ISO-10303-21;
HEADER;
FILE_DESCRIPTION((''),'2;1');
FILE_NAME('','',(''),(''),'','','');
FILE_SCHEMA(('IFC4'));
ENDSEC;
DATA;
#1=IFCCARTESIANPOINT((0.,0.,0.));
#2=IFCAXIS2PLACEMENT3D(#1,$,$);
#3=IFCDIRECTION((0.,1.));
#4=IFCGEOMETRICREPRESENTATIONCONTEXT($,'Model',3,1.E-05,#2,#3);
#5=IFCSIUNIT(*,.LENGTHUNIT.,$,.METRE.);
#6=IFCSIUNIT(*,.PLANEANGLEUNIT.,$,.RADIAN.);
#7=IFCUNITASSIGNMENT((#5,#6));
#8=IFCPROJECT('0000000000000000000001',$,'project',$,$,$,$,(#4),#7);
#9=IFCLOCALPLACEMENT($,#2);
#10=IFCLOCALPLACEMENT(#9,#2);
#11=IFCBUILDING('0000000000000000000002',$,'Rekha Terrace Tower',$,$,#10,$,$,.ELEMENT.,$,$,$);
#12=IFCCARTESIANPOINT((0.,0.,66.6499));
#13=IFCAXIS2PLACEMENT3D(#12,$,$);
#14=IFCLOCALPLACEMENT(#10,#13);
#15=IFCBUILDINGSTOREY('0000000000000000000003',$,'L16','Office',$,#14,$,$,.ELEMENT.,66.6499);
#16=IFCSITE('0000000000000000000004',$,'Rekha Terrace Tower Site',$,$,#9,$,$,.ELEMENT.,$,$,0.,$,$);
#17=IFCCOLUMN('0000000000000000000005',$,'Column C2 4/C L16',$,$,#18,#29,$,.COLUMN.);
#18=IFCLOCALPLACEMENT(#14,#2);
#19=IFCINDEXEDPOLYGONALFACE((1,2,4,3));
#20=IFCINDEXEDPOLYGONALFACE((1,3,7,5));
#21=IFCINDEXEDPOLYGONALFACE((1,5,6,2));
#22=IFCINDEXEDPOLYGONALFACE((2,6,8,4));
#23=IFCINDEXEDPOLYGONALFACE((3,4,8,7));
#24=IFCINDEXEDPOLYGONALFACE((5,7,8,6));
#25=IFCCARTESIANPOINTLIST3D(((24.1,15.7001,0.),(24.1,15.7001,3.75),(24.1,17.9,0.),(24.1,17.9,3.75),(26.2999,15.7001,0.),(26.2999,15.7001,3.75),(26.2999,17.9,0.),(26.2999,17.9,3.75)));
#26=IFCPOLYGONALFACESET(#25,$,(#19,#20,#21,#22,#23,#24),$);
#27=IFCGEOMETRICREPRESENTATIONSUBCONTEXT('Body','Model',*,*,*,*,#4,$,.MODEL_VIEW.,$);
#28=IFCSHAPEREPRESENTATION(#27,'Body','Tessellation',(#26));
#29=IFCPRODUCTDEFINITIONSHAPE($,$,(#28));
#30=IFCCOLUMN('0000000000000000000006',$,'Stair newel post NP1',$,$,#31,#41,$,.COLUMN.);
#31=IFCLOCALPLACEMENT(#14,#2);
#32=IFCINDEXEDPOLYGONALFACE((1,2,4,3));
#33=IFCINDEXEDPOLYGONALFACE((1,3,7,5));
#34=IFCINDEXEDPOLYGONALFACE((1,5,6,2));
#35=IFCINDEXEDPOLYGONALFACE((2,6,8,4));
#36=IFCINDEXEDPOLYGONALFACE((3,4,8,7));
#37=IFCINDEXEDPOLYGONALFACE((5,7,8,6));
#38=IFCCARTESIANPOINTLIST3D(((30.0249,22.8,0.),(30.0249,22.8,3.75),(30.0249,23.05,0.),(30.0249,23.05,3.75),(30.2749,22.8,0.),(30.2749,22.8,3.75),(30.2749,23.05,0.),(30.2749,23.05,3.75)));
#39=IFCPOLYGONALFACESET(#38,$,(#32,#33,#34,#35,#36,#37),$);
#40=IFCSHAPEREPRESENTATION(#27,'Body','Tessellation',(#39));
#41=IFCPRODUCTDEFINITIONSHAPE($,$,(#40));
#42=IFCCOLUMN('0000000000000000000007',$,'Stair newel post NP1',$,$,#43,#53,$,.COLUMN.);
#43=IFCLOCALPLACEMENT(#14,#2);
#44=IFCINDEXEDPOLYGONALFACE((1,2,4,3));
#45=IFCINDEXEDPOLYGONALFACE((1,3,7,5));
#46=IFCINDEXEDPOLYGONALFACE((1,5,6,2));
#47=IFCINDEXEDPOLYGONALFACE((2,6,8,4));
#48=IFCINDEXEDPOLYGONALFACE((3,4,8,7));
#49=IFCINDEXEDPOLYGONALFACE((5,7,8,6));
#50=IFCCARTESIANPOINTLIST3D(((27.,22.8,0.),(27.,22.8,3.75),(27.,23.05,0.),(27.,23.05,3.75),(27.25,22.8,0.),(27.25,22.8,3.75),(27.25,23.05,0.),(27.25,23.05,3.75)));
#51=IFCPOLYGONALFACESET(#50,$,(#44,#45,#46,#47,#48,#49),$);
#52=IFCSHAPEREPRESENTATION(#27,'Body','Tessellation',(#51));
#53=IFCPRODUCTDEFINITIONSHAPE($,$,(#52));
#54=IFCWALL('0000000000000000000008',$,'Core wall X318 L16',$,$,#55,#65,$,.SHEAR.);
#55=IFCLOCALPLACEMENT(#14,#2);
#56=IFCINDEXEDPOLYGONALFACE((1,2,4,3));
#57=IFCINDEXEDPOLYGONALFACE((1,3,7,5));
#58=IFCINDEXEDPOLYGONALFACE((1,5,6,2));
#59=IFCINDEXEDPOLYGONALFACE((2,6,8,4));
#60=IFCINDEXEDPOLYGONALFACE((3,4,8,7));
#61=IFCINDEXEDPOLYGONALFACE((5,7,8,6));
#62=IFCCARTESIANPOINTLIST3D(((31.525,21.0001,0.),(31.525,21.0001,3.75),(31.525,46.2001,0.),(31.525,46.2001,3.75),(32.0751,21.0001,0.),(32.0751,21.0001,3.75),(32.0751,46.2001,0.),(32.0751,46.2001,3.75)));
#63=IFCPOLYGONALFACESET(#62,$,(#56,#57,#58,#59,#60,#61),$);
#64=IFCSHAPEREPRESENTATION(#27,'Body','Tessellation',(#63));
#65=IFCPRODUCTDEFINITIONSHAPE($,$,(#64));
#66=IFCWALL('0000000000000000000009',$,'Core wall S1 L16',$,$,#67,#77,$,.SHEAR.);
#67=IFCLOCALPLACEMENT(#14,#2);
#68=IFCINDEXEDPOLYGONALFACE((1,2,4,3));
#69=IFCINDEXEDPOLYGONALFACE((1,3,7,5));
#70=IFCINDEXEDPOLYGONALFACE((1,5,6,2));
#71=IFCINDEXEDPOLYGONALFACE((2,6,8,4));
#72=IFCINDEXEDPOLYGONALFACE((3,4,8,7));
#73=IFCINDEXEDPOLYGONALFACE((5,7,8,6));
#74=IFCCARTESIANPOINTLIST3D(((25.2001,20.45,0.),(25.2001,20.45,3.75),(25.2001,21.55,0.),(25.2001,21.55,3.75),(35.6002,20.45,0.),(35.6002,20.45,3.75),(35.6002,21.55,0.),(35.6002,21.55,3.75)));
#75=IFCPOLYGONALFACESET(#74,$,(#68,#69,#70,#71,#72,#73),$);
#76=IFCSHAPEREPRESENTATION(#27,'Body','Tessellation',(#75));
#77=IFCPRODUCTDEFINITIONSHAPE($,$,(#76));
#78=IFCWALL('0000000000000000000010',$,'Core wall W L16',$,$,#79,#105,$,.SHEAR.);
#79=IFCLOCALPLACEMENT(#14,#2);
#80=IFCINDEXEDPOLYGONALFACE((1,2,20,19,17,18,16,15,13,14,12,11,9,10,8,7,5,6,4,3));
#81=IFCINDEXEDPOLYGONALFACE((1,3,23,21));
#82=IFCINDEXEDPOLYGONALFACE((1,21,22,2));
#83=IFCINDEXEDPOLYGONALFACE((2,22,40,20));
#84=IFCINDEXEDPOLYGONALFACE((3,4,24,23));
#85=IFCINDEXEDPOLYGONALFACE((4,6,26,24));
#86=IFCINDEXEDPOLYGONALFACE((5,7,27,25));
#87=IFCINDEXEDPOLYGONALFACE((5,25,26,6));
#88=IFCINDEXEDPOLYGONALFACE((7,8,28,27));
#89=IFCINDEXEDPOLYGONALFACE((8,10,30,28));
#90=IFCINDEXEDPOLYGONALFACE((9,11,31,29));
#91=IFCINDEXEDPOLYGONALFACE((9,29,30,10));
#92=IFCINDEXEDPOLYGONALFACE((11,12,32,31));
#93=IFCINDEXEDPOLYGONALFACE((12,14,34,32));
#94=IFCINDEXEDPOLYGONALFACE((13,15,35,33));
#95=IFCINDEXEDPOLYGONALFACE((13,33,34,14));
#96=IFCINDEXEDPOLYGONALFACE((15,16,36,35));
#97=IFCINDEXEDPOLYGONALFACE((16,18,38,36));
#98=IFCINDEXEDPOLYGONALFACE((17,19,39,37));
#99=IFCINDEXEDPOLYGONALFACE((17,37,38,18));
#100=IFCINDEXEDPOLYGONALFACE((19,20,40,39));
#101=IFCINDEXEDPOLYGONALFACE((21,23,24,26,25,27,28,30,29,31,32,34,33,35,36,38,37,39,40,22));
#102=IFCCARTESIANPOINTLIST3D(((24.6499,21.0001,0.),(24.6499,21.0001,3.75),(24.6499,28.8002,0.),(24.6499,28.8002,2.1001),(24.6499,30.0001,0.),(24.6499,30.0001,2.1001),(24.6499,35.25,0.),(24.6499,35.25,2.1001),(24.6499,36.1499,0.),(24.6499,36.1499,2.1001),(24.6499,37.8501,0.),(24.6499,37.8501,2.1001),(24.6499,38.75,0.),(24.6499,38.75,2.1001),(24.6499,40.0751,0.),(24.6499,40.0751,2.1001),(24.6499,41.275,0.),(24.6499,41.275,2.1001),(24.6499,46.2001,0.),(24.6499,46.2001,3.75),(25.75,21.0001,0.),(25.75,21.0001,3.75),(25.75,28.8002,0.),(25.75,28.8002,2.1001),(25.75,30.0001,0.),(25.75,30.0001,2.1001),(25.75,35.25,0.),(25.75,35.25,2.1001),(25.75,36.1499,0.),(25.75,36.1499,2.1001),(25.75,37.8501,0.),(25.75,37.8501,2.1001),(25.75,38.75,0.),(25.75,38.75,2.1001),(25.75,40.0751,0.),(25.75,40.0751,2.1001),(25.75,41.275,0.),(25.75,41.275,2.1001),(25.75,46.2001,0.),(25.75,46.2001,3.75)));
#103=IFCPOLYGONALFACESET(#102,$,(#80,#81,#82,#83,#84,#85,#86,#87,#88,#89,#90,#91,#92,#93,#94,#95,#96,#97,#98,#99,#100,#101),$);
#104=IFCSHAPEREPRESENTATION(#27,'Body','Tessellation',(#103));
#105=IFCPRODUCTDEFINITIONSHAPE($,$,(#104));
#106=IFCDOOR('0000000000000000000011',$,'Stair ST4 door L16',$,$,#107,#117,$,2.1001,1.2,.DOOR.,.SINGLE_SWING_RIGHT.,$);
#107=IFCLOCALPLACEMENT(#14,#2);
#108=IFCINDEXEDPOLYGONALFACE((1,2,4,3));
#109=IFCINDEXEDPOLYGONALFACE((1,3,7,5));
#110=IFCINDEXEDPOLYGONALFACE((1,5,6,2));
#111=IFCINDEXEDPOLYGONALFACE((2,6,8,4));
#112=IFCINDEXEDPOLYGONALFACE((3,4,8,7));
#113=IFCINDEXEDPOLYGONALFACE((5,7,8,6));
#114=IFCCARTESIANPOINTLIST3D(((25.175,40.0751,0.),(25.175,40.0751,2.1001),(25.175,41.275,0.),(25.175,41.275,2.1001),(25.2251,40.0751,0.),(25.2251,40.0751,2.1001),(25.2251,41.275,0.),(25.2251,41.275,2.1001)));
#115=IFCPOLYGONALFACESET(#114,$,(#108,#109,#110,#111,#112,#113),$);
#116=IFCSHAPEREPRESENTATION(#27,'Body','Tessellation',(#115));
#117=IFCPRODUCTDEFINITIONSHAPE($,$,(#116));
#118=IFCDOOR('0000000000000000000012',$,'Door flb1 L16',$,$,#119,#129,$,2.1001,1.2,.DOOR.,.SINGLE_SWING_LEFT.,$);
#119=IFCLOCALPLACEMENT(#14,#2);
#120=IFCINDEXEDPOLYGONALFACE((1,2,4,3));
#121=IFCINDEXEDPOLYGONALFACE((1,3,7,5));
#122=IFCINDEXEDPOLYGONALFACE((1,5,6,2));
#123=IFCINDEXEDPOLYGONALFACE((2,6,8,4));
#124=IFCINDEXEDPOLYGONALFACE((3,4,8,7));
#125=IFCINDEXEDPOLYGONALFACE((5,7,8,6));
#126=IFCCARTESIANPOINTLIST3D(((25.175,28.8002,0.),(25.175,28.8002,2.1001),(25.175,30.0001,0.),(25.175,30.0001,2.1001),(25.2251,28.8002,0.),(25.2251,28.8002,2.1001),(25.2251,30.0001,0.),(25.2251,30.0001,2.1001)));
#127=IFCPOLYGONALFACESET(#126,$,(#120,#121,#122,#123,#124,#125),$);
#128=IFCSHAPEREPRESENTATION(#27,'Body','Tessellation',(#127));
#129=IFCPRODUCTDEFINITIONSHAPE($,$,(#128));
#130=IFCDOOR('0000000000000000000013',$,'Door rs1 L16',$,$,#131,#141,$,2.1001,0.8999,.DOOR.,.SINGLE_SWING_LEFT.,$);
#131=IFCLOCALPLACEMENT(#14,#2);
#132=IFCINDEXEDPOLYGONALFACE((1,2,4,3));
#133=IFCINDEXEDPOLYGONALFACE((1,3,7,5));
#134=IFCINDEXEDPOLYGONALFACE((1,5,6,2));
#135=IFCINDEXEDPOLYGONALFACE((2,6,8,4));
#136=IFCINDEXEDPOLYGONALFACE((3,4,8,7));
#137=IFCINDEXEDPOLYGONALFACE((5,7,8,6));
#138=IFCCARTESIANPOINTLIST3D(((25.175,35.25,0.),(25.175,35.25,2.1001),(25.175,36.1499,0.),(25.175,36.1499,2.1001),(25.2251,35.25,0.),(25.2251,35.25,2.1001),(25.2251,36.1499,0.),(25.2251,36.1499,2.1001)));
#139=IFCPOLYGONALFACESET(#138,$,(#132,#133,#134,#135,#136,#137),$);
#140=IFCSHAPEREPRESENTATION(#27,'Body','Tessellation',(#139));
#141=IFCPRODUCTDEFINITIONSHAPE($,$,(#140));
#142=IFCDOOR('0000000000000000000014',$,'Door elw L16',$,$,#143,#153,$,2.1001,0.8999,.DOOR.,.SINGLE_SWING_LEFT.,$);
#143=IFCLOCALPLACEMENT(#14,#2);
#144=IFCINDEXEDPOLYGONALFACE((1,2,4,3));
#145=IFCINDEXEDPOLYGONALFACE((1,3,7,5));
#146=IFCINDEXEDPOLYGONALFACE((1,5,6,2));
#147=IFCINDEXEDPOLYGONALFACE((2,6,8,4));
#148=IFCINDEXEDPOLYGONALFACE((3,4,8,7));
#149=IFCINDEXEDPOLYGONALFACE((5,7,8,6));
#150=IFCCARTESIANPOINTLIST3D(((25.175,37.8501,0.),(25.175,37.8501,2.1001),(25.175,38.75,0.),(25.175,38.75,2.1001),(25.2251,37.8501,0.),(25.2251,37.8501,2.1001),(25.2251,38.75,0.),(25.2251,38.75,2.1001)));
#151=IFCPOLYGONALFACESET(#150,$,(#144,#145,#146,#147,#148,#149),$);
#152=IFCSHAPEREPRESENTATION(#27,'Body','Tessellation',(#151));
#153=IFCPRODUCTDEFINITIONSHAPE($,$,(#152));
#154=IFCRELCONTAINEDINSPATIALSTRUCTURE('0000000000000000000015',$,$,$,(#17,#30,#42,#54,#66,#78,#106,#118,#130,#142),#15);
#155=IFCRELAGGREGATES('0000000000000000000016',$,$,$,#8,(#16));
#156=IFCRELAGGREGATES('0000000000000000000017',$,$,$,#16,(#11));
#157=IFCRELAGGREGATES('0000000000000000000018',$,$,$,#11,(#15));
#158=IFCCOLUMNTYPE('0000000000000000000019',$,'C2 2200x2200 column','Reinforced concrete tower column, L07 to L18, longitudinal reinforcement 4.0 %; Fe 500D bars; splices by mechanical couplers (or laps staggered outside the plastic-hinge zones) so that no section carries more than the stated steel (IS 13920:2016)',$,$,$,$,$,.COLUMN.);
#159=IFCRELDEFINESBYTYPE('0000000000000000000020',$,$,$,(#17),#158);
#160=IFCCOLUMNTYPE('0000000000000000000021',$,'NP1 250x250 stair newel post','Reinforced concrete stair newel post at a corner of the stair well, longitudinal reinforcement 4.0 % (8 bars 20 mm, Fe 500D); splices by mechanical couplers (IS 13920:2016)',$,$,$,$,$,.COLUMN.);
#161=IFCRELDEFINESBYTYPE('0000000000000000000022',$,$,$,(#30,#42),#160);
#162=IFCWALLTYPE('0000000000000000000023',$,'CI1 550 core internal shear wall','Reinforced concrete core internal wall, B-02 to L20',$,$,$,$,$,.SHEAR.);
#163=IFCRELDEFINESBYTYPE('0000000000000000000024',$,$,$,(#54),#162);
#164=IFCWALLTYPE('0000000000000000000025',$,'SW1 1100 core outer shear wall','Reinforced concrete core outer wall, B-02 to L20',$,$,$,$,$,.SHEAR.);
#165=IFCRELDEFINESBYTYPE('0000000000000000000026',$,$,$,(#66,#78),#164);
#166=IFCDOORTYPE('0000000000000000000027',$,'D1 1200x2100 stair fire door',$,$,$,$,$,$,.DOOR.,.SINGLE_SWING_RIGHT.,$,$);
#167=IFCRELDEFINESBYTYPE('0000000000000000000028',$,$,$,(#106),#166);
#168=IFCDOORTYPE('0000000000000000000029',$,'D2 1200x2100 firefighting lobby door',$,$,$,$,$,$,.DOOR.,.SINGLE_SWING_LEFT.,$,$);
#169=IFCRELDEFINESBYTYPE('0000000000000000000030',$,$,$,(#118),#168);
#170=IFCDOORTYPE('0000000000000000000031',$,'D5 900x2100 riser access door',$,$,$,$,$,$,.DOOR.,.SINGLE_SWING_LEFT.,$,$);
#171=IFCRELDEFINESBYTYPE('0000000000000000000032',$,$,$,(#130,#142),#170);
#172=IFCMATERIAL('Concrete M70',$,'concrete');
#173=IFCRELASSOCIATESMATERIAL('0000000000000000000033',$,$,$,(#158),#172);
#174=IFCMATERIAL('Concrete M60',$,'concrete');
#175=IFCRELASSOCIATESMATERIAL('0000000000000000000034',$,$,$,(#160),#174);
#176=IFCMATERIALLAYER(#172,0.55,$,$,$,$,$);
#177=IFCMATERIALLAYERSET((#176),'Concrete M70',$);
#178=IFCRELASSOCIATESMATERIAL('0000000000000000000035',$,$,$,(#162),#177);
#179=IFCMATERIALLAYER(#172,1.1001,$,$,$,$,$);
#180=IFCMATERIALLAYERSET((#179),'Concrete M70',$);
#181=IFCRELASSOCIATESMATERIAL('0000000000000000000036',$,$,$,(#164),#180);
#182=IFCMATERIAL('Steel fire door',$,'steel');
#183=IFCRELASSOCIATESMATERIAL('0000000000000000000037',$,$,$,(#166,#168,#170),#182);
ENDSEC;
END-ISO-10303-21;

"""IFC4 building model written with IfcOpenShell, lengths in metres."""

from ifc_helpers import new_model, si_unit, direction, frame, frame_2d, origin, origin_2d, place, context, subcontext, project, spatial, rectangle, extrude, material, layer, layer_set, material_profile, profile_set, type_object, element, fill, save


model = new_model("IFC4")

# Units and contexts
model_context = context("Model", 3, precision=1e-05, world=origin(), true_north=direction((0.0, 1.0)))
body_context = subcontext(model_context, "Body", "Model", "MODEL_VIEW")
ifc_project = project(units=[si_unit("LENGTHUNIT", "METRE"), si_unit("PLANEANGLEUNIT", "RADIAN")], contexts=[model_context])

# Site, building, storey
site_placement = place(None, origin())
site = spatial("IfcSite", under=ifc_project, at=site_placement, Name="Rekha Terrace Tower Site", CompositionType="ELEMENT", RefElevation=0.0)
building_placement = place(site_placement, origin())
building = spatial("IfcBuilding", under=site, at=building_placement, Name="Rekha Terrace Tower", CompositionType="ELEMENT")
storey_placement = place(building_placement, frame((0.0, 0.0, 66.6499)))
storey = spatial("IfcBuildingStorey", under=building, at=storey_placement, Name="L16", Description="Office", CompositionType="ELEMENT", Elevation=66.6499)

# Columns
ifc_material_1 = material(Name="Concrete M70", Category="concrete")
ifc_material_profile_1 = material_profile(ifc_material_1, rectangle(XDim=2.2, YDim=2.2, at=origin_2d()), Name="RC 2200x2200")
ifc_profile_set_1 = profile_set([ifc_material_profile_1], Name="Concrete M70")
column_type_1 = type_object("IfcColumnType", Name="C2 2200x2200 column", Description="Reinforced concrete tower column, L07 to L18, longitudinal reinforcement 4.0 %; Fe 500D bars; splices by mechanical couplers (or laps staggered outside the plastic-hinge zones) so that no section carries more than the stated steel (IS 13920:2016)", PredefinedType="COLUMN", material=ifc_profile_set_1)
column_placement = place(storey_placement, frame((25.2, 16.8, 0.0), z_axis=(0.0, 0.0, 1.0), x_axis=(1.0, 0.0, 0.0)))
element("IfcColumn", 1, at=column_placement, inside=storey, type_object=column_type_1, Name="Column C2 4/C L16", PredefinedType="COLUMN", context=body_context, shape_type="SweptSolid", body=[
    extrude(rectangle(XDim=2.2, YDim=2.2, at=origin_2d()), origin(), (0.0, 0.0, 1.0), 3.75),
])
ifc_material_2 = material(Name="Concrete M60", Category="concrete")
ifc_material_profile_2 = material_profile(ifc_material_2, rectangle(XDim=0.25, YDim=0.25, at=origin_2d()), Name="RC 250x250")
ifc_profile_set_2 = profile_set([ifc_material_profile_2], Name="Concrete M60")
column_type_2 = type_object("IfcColumnType", Name="NP1 250x250 stair newel post", Description="Reinforced concrete stair newel post at a corner of the stair well, longitudinal reinforcement 4.0 % (8 bars 20 mm, Fe 500D); splices by mechanical couplers (IS 13920:2016)", PredefinedType="COLUMN", material=ifc_profile_set_2)
for number, where, z_axis, x_axis, name in (
    (2, (30.1499, 22.925, 0.0), (0.0, 0.0, 1.0), (1.0, 0.0, 0.0), "Stair newel post NP1"),
    (3, (27.125, 22.925, 0.0), (0.0, 0.0, 1.0), (1.0, 0.0, 0.0), "Stair newel post NP1"),
):
    element("IfcColumn", number, at=place(storey_placement, frame(where, z_axis=z_axis, x_axis=x_axis)), inside=storey, type_object=column_type_2, Name=name, PredefinedType="COLUMN", context=body_context, shape_type="SweptSolid", body=[
        extrude(rectangle(XDim=0.25, YDim=0.25, at=origin_2d()), origin(), (0.0, 0.0, 1.0), 3.75),
    ])

# Walls
ifc_layer_1 = layer(ifc_material_1, 0.55)
ifc_layer_set_1 = layer_set([ifc_layer_1], Name="Concrete M70")
wall_type_1 = type_object("IfcWallType", Name="CI1 550 core internal shear wall", Description="Reinforced concrete core internal wall, B-02 to L20", PredefinedType="SHEAR", material=ifc_layer_set_1)
wall_1_placement = place(storey_placement, frame((31.8, 21.0, 0.0), z_axis=(0.0, 0.0, 1.0), x_axis=(0.0, 1.0, 0.0)))
element("IfcWall", 4, at=wall_1_placement, inside=storey, type_object=wall_type_1, Name="Core wall X318 L16", PredefinedType="SHEAR", context=body_context, shape_type="SweptSolid", body=[
    extrude(rectangle(XDim=25.2, YDim=0.55, at=frame_2d((12.6001, 0.0))), origin(), (0.0, 0.0, 1.0), 3.75),
])
ifc_layer_2 = layer(ifc_material_1, 1.1001)
ifc_layer_set_2 = layer_set([ifc_layer_2], Name="Concrete M70")
wall_type_2 = type_object("IfcWallType", Name="SW1 1100 core outer shear wall", Description="Reinforced concrete core outer wall, B-02 to L20", PredefinedType="SHEAR", material=ifc_layer_set_2)
wall_2_placement = place(storey_placement, frame((25.2, 21.0, 0.0), z_axis=(0.0, 0.0, 1.0), x_axis=(1.0, 0.0, 0.0)))
element("IfcWall", 5, at=wall_2_placement, inside=storey, type_object=wall_type_2, Name="Core wall S1 L16", PredefinedType="SHEAR", context=body_context, shape_type="SweptSolid", body=[
    extrude(rectangle(XDim=10.4001, YDim=1.1001, at=frame_2d((5.2002, 0.0))), origin(), (0.0, 0.0, 1.0), 3.75),
])

# Wall, openings, doors
wall_3_placement = place(storey_placement, frame((25.2, 21.0, 0.0), z_axis=(0.0, 0.0, 1.0), x_axis=(0.0, 1.0, 0.0)))
wall_3 = element("IfcWall", 6, at=wall_3_placement, inside=storey, type_object=wall_type_2, Name="Core wall W L16", PredefinedType="SHEAR", context=body_context, shape_type="SweptSolid", body=[
    extrude(rectangle(XDim=25.2, YDim=1.1001, at=frame_2d((12.6001, 0.0))), origin(), (0.0, 0.0, 1.0), 3.75),
])
opening_1_placement = place(wall_3_placement, frame((7.8, 0.0, 0.0)))
opening_1 = element("IfcOpeningElement", 7, at=opening_1_placement, cuts=wall_3, PredefinedType="OPENING", context=body_context, shape_type="SweptSolid", body=[
    extrude(rectangle(XDim=1.2, YDim=2.1001, at=frame_2d((0.6001, 1.05))), frame((0.0, 0.5601, 0.0), z_axis=(0.0, -1.0, 0.0), x_axis=(1.0, 0.0, 0.0)), (0.0, 0.0, 1.0), 1.1201),
])
opening_2_placement = place(wall_3_placement, frame((14.25, 0.0, 0.0)))
opening_2 = element("IfcOpeningElement", 8, at=opening_2_placement, cuts=wall_3, PredefinedType="OPENING", context=body_context, shape_type="SweptSolid", body=[
    extrude(rectangle(XDim=0.8999, YDim=2.1001, at=frame_2d((0.45, 1.05))), frame((0.0, 0.5601, 0.0), z_axis=(0.0, -1.0, 0.0), x_axis=(1.0, 0.0, 0.0)), (0.0, 0.0, 1.0), 1.1201),
])
opening_3_placement = place(wall_3_placement, frame((16.8501, 0.0, 0.0)))
opening_3 = element("IfcOpeningElement", 9, at=opening_3_placement, cuts=wall_3, PredefinedType="OPENING", context=body_context, shape_type="SweptSolid", body=[
    extrude(rectangle(XDim=0.8999, YDim=2.1001, at=frame_2d((0.45, 1.05))), frame((0.0, 0.5601, 0.0), z_axis=(0.0, -1.0, 0.0), x_axis=(1.0, 0.0, 0.0)), (0.0, 0.0, 1.0), 1.1201),
])
opening_4_placement = place(wall_3_placement, frame((19.075, 0.0, 0.0)))
opening_4 = element("IfcOpeningElement", 10, at=opening_4_placement, cuts=wall_3, PredefinedType="OPENING", context=body_context, shape_type="SweptSolid", body=[
    extrude(rectangle(XDim=1.2, YDim=2.1001, at=frame_2d((0.6001, 1.05))), frame((0.0, 0.5601, 0.0), z_axis=(0.0, -1.0, 0.0), x_axis=(1.0, 0.0, 0.0)), (0.0, 0.0, 1.0), 1.1201),
])
ifc_material_3 = material(Name="Steel fire door", Category="steel")
door_type_1 = type_object("IfcDoorType", Name="D1 1200x2100 stair fire door", OperationType="SINGLE_SWING_RIGHT", PredefinedType="DOOR", material=ifc_material_3)
door_1_placement = place(opening_4_placement, origin())
door_1 = element("IfcDoor", 11, at=door_1_placement, inside=storey, type_object=door_type_1, Name="Stair ST4 door L16", OperationType="SINGLE_SWING_RIGHT", OverallHeight=2.1001, OverallWidth=1.2, PredefinedType="DOOR", context=body_context, shape_type="SweptSolid", body=[
    extrude(rectangle(XDim=1.2, YDim=2.1001, at=frame_2d((0.6001, 1.05))), frame((0.0, 0.0249, 0.0), z_axis=(0.0, -1.0, 0.0), x_axis=(1.0, 0.0, 0.0)), (0.0, 0.0, 1.0), 0.05),
])
fill(opening_4, door_1)
door_type_2 = type_object("IfcDoorType", Name="D2 1200x2100 firefighting lobby door", OperationType="SINGLE_SWING_LEFT", PredefinedType="DOOR", material=ifc_material_3)
door_2_placement = place(opening_1_placement, origin())
door_2 = element("IfcDoor", 12, at=door_2_placement, inside=storey, type_object=door_type_2, Name="Door flb1 L16", OperationType="SINGLE_SWING_LEFT", OverallHeight=2.1001, OverallWidth=1.2, PredefinedType="DOOR", context=body_context, shape_type="SweptSolid", body=[
    extrude(rectangle(XDim=1.2, YDim=2.1001, at=frame_2d((0.6001, 1.05))), frame((0.0, 0.0249, 0.0), z_axis=(0.0, -1.0, 0.0), x_axis=(1.0, 0.0, 0.0)), (0.0, 0.0, 1.0), 0.05),
])
fill(opening_1, door_2)
door_type_3 = type_object("IfcDoorType", Name="D5 900x2100 riser access door", OperationType="SINGLE_SWING_LEFT", PredefinedType="DOOR", material=ifc_material_3)
door_3_placement = place(opening_2_placement, origin())
door_3 = element("IfcDoor", 13, at=door_3_placement, inside=storey, type_object=door_type_3, Name="Door rs1 L16", OperationType="SINGLE_SWING_LEFT", OverallHeight=2.1001, OverallWidth=0.8999, PredefinedType="DOOR", context=body_context, shape_type="SweptSolid", body=[
    extrude(rectangle(XDim=0.8999, YDim=2.1001, at=frame_2d((0.45, 1.05))), frame((0.0, 0.0249, 0.0), z_axis=(0.0, -1.0, 0.0), x_axis=(1.0, 0.0, 0.0)), (0.0, 0.0, 1.0), 0.05),
])
fill(opening_2, door_3)
door_4_placement = place(opening_3_placement, origin())
door_4 = element("IfcDoor", 14, at=door_4_placement, inside=storey, type_object=door_type_3, Name="Door elw L16", OperationType="SINGLE_SWING_LEFT", OverallHeight=2.1001, OverallWidth=0.8999, PredefinedType="DOOR", context=body_context, shape_type="SweptSolid", body=[
    extrude(rectangle(XDim=0.8999, YDim=2.1001, at=frame_2d((0.45, 1.05))), frame((0.0, 0.0249, 0.0), z_axis=(0.0, -1.0, 0.0), x_axis=(1.0, 0.0, 0.0)), (0.0, 0.0, 1.0), 0.05),
])
fill(opening_3, door_4)

save(model, "model.ifc")
